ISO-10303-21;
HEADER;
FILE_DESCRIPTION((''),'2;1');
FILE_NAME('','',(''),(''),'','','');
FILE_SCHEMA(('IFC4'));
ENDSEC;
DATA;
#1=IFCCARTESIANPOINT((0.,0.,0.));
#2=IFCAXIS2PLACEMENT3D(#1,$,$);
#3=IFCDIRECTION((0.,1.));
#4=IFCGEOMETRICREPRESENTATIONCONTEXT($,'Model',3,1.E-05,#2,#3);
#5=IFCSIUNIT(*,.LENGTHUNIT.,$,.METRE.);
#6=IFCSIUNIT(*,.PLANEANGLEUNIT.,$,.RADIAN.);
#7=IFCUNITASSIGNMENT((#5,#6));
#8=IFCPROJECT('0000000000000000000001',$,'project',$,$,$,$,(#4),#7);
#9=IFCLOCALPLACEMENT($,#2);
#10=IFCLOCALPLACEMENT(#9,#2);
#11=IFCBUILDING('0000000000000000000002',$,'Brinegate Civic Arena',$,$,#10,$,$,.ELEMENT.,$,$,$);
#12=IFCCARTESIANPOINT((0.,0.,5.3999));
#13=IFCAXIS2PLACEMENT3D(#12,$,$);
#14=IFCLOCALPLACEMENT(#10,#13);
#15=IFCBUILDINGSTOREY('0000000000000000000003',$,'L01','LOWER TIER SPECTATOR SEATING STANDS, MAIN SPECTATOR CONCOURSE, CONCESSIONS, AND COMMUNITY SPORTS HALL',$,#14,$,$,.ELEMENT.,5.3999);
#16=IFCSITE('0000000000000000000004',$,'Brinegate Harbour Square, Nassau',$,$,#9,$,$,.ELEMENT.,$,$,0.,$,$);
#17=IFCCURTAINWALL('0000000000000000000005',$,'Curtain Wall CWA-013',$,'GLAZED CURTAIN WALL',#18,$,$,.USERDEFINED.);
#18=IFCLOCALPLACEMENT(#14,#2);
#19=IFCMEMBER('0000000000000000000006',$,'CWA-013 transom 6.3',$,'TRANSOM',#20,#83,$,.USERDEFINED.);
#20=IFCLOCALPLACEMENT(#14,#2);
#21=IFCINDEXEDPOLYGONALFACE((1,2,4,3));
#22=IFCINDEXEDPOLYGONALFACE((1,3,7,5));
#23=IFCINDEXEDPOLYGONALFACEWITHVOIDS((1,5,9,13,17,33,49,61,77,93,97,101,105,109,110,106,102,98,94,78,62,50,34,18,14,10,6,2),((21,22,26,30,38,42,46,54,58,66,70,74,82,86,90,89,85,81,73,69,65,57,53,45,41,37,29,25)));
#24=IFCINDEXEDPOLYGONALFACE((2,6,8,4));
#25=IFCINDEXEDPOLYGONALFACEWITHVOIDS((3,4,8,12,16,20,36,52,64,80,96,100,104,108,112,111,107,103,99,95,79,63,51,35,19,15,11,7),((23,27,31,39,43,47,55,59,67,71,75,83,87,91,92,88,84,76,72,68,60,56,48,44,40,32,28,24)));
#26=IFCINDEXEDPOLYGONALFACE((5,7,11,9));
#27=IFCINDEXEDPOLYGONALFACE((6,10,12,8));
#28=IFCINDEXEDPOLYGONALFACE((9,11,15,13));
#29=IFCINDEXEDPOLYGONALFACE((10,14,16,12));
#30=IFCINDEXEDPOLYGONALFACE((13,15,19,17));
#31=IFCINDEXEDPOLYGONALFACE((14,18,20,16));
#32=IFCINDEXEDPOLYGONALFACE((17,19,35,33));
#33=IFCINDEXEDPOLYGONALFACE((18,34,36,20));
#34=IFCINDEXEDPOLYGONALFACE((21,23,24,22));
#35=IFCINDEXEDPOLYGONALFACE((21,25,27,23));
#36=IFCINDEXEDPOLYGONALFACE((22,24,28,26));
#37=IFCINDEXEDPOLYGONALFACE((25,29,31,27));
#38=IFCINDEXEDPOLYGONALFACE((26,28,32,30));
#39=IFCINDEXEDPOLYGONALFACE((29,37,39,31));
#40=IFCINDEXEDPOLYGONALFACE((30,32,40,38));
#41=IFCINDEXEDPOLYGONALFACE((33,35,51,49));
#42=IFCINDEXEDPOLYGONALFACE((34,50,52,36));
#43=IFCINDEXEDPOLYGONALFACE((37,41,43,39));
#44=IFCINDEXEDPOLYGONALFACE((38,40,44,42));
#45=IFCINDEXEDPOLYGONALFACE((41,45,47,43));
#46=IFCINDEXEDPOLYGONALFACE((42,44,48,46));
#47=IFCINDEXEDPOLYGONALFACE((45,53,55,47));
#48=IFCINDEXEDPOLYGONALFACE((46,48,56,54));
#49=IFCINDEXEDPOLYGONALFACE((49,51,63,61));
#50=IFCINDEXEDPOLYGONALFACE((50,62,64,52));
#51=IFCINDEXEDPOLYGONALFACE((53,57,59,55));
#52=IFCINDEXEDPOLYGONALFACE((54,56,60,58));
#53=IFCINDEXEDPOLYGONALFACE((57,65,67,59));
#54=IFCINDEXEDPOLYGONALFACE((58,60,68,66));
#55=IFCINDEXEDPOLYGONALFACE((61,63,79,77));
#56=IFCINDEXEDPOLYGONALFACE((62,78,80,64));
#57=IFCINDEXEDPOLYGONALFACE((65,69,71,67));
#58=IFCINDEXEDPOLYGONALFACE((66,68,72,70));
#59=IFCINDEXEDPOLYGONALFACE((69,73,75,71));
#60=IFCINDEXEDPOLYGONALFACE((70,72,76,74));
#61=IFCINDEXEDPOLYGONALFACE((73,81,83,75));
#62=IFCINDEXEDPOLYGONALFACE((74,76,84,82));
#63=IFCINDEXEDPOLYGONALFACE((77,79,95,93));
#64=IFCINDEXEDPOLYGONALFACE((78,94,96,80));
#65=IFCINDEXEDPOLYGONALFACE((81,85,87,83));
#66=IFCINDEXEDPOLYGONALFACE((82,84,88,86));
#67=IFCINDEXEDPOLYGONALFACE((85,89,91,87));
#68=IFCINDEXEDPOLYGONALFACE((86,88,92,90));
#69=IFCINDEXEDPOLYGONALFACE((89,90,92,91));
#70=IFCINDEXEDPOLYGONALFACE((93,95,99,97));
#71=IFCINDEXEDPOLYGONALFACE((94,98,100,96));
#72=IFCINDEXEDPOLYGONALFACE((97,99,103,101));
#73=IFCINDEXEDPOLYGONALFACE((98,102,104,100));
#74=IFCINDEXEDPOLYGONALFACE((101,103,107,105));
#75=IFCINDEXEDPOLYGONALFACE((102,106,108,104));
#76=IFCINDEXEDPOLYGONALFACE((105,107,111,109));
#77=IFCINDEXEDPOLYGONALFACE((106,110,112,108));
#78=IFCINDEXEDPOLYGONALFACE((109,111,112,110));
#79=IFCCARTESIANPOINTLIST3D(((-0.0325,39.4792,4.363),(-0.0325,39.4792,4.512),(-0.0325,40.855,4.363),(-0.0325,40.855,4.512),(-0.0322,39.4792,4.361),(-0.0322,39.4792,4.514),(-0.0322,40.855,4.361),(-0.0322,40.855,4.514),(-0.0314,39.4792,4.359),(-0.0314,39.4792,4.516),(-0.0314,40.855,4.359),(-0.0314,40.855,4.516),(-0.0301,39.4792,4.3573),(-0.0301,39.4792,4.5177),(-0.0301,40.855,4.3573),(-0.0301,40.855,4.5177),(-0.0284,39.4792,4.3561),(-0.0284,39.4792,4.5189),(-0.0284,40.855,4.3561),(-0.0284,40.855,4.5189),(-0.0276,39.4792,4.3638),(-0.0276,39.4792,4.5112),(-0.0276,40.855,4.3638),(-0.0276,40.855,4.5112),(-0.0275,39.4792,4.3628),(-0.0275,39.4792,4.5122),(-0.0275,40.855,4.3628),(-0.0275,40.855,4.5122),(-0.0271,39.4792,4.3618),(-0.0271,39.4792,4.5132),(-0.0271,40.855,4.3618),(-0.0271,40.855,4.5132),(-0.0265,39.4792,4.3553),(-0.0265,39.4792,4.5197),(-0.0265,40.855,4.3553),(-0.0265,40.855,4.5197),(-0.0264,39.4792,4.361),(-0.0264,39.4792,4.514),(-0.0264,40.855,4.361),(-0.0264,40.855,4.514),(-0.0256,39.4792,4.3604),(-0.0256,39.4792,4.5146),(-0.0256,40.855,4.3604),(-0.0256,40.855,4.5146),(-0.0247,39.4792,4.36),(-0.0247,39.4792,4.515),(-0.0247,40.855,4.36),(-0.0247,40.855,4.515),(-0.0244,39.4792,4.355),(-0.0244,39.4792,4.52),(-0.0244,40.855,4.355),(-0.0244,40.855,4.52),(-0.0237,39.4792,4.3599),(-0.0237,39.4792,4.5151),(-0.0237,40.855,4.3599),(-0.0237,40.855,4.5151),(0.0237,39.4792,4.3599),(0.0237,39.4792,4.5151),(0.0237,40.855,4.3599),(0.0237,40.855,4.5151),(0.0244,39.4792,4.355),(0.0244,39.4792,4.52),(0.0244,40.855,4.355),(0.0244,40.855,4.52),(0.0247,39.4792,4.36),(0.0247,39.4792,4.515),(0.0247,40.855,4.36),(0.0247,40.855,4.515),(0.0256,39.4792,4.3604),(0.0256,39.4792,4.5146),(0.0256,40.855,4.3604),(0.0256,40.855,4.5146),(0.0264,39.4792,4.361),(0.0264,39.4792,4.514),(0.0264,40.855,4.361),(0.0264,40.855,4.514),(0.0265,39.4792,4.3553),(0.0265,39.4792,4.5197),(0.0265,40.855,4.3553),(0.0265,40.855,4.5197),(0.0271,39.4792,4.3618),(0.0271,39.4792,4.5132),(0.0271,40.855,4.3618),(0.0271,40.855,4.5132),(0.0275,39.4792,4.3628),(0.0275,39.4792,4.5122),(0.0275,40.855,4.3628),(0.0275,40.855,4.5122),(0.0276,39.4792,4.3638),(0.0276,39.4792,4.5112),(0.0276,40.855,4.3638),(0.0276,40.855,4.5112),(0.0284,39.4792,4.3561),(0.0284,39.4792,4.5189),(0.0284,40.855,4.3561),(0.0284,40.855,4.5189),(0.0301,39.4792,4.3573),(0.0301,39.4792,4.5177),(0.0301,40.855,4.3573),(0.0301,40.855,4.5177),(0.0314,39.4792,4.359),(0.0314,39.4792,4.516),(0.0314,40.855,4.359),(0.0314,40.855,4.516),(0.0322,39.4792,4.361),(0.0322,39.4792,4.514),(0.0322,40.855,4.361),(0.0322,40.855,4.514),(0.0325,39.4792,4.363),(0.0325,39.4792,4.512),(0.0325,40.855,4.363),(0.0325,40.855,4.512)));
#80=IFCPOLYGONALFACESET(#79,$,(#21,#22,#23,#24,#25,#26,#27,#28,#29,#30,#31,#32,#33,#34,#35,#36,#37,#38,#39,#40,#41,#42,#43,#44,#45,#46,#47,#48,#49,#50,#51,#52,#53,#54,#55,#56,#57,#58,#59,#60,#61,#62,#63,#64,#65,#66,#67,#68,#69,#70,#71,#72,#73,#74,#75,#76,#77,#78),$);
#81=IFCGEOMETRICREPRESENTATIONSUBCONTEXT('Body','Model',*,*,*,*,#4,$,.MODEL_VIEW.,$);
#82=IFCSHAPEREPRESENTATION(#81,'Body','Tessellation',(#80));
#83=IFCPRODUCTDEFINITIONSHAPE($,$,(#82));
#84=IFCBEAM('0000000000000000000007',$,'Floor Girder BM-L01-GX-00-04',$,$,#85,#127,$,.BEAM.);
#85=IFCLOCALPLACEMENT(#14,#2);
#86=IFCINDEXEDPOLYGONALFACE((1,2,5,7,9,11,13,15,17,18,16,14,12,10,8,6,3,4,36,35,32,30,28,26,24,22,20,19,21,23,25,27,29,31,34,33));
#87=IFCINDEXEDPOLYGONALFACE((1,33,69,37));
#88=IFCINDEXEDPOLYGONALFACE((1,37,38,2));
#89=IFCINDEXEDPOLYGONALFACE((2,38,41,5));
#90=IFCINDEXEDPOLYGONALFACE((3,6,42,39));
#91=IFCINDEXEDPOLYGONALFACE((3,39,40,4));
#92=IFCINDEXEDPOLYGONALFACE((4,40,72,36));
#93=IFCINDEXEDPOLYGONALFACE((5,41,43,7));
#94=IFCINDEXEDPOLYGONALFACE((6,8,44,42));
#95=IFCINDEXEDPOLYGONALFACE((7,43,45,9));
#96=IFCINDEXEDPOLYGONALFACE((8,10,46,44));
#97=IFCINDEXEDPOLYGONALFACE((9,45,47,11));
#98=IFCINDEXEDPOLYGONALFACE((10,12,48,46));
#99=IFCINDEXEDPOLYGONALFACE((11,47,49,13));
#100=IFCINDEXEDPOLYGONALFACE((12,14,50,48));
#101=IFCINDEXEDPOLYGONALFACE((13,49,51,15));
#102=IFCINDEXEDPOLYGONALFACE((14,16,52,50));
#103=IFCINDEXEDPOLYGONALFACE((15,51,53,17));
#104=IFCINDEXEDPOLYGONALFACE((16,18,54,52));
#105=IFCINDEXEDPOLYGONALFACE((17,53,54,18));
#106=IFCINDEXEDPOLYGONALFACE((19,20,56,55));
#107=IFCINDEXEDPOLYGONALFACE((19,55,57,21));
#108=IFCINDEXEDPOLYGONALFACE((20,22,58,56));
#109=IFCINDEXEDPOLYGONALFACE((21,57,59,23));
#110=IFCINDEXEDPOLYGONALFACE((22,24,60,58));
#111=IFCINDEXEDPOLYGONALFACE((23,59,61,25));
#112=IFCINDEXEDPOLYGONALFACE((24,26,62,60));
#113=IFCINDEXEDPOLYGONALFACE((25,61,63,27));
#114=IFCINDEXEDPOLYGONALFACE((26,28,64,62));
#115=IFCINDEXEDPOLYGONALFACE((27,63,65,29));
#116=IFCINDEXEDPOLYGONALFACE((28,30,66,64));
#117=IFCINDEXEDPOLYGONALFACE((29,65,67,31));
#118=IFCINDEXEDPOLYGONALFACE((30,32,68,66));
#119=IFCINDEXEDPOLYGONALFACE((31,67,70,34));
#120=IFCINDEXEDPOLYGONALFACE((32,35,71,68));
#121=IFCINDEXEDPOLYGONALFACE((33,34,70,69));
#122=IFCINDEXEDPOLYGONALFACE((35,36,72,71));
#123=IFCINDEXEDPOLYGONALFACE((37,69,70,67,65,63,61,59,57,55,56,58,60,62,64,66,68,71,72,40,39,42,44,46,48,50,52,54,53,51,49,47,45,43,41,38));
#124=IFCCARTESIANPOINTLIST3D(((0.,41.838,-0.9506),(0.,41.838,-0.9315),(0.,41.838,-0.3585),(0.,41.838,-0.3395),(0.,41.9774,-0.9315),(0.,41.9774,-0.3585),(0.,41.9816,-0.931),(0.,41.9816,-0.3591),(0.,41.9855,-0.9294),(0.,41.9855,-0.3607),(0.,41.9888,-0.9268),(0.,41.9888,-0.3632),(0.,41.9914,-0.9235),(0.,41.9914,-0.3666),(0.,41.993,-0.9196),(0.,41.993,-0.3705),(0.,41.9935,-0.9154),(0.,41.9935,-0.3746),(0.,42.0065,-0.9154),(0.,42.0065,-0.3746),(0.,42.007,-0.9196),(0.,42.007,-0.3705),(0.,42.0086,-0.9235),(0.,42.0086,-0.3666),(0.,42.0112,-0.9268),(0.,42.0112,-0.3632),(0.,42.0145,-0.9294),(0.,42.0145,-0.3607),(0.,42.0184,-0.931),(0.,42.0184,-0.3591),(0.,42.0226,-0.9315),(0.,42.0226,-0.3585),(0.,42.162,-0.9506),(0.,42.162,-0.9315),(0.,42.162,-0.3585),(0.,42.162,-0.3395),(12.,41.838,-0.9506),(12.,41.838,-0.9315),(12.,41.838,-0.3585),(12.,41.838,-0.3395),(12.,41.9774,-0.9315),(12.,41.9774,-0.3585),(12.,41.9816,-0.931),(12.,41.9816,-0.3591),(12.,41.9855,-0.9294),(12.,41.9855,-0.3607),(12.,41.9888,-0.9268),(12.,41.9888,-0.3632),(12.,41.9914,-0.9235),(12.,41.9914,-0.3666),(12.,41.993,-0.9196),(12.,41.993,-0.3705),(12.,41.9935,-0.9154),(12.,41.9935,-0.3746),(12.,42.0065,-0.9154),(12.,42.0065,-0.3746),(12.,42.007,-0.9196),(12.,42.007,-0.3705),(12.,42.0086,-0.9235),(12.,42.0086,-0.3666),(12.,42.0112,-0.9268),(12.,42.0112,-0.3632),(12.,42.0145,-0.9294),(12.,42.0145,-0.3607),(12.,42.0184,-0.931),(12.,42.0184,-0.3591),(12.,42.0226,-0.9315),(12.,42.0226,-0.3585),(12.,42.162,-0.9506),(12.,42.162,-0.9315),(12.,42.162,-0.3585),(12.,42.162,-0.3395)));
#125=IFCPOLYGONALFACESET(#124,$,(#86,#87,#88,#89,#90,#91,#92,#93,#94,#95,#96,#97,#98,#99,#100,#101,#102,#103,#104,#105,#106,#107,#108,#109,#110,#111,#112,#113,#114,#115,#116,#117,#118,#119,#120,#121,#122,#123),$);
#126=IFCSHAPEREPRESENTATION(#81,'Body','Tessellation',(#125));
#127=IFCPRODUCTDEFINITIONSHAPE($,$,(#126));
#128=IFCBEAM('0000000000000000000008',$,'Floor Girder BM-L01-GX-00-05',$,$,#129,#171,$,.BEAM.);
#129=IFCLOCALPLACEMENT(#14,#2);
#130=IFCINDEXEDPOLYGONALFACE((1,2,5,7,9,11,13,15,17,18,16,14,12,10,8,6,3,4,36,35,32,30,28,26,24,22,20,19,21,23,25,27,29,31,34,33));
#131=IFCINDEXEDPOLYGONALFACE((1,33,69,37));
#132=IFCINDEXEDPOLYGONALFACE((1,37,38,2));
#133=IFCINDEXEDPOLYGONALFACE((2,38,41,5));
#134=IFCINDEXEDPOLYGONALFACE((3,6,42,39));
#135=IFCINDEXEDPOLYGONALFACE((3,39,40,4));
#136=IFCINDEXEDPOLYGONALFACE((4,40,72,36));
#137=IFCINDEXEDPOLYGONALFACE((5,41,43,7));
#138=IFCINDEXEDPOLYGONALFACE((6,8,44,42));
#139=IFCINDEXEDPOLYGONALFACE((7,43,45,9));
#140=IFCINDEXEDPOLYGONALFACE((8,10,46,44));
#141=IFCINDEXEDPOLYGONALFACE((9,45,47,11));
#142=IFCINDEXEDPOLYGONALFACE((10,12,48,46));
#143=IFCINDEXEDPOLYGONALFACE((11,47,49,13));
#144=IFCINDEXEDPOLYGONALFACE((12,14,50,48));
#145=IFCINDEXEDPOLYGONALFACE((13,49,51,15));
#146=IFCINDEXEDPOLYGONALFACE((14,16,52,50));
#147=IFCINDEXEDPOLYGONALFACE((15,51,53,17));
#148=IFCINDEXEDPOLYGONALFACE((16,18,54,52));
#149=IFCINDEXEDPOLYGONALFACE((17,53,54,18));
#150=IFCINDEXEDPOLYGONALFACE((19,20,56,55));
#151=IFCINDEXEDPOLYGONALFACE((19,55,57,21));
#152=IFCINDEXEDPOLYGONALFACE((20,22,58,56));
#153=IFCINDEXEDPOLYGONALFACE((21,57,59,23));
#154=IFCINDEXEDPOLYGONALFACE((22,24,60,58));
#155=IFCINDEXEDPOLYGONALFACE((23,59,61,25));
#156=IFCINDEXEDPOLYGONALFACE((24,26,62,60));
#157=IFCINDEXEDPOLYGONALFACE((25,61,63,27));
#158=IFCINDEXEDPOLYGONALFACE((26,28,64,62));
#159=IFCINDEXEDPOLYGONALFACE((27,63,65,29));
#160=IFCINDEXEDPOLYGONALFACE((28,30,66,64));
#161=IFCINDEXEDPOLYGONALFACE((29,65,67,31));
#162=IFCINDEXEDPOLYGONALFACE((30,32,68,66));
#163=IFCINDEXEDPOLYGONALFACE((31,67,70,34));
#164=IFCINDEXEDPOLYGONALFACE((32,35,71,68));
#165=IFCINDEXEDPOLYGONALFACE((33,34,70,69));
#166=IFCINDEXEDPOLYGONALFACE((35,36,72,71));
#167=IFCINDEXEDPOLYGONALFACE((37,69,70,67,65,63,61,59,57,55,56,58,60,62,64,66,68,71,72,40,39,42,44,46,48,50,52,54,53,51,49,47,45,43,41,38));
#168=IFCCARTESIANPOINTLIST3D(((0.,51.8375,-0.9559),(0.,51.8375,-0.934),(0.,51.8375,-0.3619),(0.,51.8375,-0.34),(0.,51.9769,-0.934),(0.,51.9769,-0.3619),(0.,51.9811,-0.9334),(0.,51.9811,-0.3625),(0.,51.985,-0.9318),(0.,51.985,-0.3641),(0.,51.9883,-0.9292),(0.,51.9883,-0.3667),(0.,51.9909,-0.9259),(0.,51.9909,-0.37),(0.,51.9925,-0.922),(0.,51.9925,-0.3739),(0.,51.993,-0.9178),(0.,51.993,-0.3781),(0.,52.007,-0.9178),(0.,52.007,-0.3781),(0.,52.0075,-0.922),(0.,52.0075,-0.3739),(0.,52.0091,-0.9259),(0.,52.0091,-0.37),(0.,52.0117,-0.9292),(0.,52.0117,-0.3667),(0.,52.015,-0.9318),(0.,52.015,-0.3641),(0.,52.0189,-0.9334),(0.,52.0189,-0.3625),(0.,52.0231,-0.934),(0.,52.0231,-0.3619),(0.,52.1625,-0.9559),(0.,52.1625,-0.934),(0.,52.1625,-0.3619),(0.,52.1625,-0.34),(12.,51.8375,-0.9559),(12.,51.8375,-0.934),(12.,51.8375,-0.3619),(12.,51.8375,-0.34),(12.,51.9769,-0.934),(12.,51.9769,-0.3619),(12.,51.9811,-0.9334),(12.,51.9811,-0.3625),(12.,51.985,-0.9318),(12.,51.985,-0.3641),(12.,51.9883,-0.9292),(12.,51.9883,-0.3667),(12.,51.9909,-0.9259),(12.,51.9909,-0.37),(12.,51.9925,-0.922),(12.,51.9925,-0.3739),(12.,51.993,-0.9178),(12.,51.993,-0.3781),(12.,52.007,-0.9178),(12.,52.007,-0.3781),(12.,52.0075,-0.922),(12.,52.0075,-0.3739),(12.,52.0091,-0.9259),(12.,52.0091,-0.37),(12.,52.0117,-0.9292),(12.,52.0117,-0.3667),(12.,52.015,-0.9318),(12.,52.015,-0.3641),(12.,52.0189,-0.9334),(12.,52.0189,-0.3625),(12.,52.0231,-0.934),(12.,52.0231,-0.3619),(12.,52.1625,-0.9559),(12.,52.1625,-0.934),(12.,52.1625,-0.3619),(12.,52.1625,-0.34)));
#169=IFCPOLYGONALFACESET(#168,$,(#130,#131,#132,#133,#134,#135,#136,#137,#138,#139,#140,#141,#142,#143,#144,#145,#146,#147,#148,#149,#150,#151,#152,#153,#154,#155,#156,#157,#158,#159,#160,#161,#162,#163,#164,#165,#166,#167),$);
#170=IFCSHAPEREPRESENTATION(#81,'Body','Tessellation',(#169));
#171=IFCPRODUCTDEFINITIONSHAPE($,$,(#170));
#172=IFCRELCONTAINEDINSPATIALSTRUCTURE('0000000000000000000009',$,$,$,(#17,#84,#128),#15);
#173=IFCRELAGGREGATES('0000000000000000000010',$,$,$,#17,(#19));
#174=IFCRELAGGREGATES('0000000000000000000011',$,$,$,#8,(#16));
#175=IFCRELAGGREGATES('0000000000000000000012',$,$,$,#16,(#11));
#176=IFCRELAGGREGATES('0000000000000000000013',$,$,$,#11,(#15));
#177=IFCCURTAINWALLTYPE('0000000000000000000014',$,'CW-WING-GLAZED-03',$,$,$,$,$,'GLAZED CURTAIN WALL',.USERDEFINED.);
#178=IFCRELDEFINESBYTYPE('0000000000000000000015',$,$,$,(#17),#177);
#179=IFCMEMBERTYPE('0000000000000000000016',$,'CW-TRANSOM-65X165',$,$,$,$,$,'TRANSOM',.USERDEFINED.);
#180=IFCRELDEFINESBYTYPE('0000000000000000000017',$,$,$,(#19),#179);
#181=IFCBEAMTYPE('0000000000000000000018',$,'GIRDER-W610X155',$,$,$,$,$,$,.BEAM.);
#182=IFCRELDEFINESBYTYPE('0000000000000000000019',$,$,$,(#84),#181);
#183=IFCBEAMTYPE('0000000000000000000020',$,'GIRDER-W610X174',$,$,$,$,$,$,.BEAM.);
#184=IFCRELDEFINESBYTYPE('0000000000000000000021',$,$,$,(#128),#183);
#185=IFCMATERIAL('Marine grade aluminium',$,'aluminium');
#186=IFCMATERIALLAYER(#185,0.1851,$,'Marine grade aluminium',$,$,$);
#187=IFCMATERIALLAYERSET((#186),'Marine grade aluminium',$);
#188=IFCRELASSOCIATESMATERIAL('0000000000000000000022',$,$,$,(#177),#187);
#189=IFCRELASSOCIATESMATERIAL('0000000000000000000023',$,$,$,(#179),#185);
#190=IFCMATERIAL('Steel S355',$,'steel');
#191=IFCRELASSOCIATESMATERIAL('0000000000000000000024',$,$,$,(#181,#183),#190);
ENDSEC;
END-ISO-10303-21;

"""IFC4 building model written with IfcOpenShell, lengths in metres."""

from ifc_helpers import new_model, si_unit, direction, frame, origin, origin_2d, place, context, subcontext, project, spatial, hollow_rectangle, i_section, extrude, material, layer, layer_set, material_profile, profile_set, type_object, element, aggregate, save


model = new_model("IFC4")

# Units and contexts
model_context = context("Model", 3, precision=1e-05, world=origin(), true_north=direction((0.0, 1.0)))
body_context = subcontext(model_context, "Body", "Model", "MODEL_VIEW")
ifc_project = project(units=[si_unit("LENGTHUNIT", "METRE"), si_unit("PLANEANGLEUNIT", "RADIAN")], contexts=[model_context])

# Site, building, storey
site_placement = place(None, origin())
site = spatial("IfcSite", under=ifc_project, at=site_placement, Name="Brinegate Harbour Square, Nassau", CompositionType="ELEMENT", RefElevation=0.0)
building_placement = place(site_placement, origin())
building = spatial("IfcBuilding", under=site, at=building_placement, Name="Brinegate Civic Arena", CompositionType="ELEMENT")
storey_placement = place(building_placement, frame((0.0, 0.0, 5.3999)))
storey = spatial("IfcBuildingStorey", under=building, at=storey_placement, Name="L01", Description="LOWER TIER SPECTATOR SEATING STANDS, MAIN SPECTATOR CONCOURSE, CONCESSIONS, AND COMMUNITY SPORTS HALL", CompositionType="ELEMENT", Elevation=5.3999)

# Shared definitions
ifc_material_1 = material(Name="Steel S355", Category="steel")

# Curtain wall, member
ifc_material_2 = material(Name="Marine grade aluminium", Category="aluminium")
ifc_layer_1 = layer(ifc_material_2, 0.1851, Name="Marine grade aluminium")
ifc_layer_set_1 = layer_set([ifc_layer_1], Name="Marine grade aluminium")
curtain_wall_type = type_object("IfcCurtainWallType", Name="CW-WING-GLAZED-03", ElementType="GLAZED CURTAIN WALL", PredefinedType="USERDEFINED", material=ifc_layer_set_1)
curtain_wall_placement = place(storey_placement, origin())
curtain_wall = element("IfcCurtainWall", 1, at=curtain_wall_placement, inside=storey, type_object=curtain_wall_type, Name="Curtain Wall CWA-013", ObjectType="GLAZED CURTAIN WALL", PredefinedType="USERDEFINED")
ifc_material_profile_1 = material_profile(ifc_material_2, hollow_rectangle(XDim=0.0649, YDim=0.165, WallThickness=0.0049, InnerFilletRadius=0.0039, OuterFilletRadius=0.0081, at=origin_2d()), Name="TRN65X165")
ifc_profile_set_1 = profile_set([ifc_material_profile_1], Name="Marine grade aluminium")
member_type_1 = type_object("IfcMemberType", Name="CW-TRANSOM-65X165", ElementType="TRANSOM", PredefinedType="USERDEFINED", material=ifc_profile_set_1)
member_1_placement = place(storey_placement, frame((0.0, 39.4792, 4.4375), z_axis=(0.0, 1.0, 0.0), x_axis=(-1.0, 0.0, 0.0)))
member_1 = element("IfcMember", 2, at=member_1_placement, type_object=member_type_1, Name="CWA-013 transom 6.3", ObjectType="TRANSOM", PredefinedType="USERDEFINED", context=body_context, shape_type="SweptSolid", body=[
    extrude(hollow_rectangle(XDim=0.0649, YDim=0.165, WallThickness=0.0049, InnerFilletRadius=0.0039, OuterFilletRadius=0.0081, at=origin_2d()), origin(), (0.0, 0.0, 1.0), 1.3757),
])

# Beams
ifc_material_profile_2 = material_profile(ifc_material_1, i_section(OverallWidth=0.324, OverallDepth=0.6111, WebThickness=0.0129, FlangeThickness=0.019, FilletRadius=0.0161, at=origin_2d()), Name="W610X155")
ifc_profile_set_2 = profile_set([ifc_material_profile_2], Name="Steel S355")
beam_type_1 = type_object("IfcBeamType", Name="GIRDER-W610X155", PredefinedType="BEAM", material=ifc_profile_set_2)
beam_1_placement = place(storey_placement, frame((0.0, 42.0, -0.645), z_axis=(1.0, 0.0, 0.0), x_axis=(0.0, 1.0, 0.0)))
element("IfcBeam", 3, at=beam_1_placement, inside=storey, type_object=beam_type_1, Name="Floor Girder BM-L01-GX-00-04", PredefinedType="BEAM", context=body_context, shape_type="SweptSolid", body=[
    extrude(i_section(OverallWidth=0.324, OverallDepth=0.6111, WebThickness=0.0129, FlangeThickness=0.019, FilletRadius=0.0161, at=origin_2d()), origin(), (0.0, 0.0, 1.0), 12.0),
])
ifc_material_profile_3 = material_profile(ifc_material_1, i_section(OverallWidth=0.325, OverallDepth=0.616, WebThickness=0.0139, FlangeThickness=0.022, FilletRadius=0.0161, at=origin_2d()), Name="W610X174")
ifc_profile_set_3 = profile_set([ifc_material_profile_3], Name="Steel S355")
beam_type_2 = type_object("IfcBeamType", Name="GIRDER-W610X174", PredefinedType="BEAM", material=ifc_profile_set_3)
beam_2_placement = place(storey_placement, frame((0.0, 52.0, -0.6479), z_axis=(1.0, 0.0, 0.0), x_axis=(0.0, 1.0, 0.0)))
element("IfcBeam", 4, at=beam_2_placement, inside=storey, type_object=beam_type_2, Name="Floor Girder BM-L01-GX-00-05", PredefinedType="BEAM", context=body_context, shape_type="SweptSolid", body=[
    extrude(i_section(OverallWidth=0.325, OverallDepth=0.616, WebThickness=0.0139, FlangeThickness=0.022, FilletRadius=0.0161, at=origin_2d()), origin(), (0.0, 0.0, 1.0), 12.0),
])

aggregate(curtain_wall, [member_1])

save(model, "model.ifc")
